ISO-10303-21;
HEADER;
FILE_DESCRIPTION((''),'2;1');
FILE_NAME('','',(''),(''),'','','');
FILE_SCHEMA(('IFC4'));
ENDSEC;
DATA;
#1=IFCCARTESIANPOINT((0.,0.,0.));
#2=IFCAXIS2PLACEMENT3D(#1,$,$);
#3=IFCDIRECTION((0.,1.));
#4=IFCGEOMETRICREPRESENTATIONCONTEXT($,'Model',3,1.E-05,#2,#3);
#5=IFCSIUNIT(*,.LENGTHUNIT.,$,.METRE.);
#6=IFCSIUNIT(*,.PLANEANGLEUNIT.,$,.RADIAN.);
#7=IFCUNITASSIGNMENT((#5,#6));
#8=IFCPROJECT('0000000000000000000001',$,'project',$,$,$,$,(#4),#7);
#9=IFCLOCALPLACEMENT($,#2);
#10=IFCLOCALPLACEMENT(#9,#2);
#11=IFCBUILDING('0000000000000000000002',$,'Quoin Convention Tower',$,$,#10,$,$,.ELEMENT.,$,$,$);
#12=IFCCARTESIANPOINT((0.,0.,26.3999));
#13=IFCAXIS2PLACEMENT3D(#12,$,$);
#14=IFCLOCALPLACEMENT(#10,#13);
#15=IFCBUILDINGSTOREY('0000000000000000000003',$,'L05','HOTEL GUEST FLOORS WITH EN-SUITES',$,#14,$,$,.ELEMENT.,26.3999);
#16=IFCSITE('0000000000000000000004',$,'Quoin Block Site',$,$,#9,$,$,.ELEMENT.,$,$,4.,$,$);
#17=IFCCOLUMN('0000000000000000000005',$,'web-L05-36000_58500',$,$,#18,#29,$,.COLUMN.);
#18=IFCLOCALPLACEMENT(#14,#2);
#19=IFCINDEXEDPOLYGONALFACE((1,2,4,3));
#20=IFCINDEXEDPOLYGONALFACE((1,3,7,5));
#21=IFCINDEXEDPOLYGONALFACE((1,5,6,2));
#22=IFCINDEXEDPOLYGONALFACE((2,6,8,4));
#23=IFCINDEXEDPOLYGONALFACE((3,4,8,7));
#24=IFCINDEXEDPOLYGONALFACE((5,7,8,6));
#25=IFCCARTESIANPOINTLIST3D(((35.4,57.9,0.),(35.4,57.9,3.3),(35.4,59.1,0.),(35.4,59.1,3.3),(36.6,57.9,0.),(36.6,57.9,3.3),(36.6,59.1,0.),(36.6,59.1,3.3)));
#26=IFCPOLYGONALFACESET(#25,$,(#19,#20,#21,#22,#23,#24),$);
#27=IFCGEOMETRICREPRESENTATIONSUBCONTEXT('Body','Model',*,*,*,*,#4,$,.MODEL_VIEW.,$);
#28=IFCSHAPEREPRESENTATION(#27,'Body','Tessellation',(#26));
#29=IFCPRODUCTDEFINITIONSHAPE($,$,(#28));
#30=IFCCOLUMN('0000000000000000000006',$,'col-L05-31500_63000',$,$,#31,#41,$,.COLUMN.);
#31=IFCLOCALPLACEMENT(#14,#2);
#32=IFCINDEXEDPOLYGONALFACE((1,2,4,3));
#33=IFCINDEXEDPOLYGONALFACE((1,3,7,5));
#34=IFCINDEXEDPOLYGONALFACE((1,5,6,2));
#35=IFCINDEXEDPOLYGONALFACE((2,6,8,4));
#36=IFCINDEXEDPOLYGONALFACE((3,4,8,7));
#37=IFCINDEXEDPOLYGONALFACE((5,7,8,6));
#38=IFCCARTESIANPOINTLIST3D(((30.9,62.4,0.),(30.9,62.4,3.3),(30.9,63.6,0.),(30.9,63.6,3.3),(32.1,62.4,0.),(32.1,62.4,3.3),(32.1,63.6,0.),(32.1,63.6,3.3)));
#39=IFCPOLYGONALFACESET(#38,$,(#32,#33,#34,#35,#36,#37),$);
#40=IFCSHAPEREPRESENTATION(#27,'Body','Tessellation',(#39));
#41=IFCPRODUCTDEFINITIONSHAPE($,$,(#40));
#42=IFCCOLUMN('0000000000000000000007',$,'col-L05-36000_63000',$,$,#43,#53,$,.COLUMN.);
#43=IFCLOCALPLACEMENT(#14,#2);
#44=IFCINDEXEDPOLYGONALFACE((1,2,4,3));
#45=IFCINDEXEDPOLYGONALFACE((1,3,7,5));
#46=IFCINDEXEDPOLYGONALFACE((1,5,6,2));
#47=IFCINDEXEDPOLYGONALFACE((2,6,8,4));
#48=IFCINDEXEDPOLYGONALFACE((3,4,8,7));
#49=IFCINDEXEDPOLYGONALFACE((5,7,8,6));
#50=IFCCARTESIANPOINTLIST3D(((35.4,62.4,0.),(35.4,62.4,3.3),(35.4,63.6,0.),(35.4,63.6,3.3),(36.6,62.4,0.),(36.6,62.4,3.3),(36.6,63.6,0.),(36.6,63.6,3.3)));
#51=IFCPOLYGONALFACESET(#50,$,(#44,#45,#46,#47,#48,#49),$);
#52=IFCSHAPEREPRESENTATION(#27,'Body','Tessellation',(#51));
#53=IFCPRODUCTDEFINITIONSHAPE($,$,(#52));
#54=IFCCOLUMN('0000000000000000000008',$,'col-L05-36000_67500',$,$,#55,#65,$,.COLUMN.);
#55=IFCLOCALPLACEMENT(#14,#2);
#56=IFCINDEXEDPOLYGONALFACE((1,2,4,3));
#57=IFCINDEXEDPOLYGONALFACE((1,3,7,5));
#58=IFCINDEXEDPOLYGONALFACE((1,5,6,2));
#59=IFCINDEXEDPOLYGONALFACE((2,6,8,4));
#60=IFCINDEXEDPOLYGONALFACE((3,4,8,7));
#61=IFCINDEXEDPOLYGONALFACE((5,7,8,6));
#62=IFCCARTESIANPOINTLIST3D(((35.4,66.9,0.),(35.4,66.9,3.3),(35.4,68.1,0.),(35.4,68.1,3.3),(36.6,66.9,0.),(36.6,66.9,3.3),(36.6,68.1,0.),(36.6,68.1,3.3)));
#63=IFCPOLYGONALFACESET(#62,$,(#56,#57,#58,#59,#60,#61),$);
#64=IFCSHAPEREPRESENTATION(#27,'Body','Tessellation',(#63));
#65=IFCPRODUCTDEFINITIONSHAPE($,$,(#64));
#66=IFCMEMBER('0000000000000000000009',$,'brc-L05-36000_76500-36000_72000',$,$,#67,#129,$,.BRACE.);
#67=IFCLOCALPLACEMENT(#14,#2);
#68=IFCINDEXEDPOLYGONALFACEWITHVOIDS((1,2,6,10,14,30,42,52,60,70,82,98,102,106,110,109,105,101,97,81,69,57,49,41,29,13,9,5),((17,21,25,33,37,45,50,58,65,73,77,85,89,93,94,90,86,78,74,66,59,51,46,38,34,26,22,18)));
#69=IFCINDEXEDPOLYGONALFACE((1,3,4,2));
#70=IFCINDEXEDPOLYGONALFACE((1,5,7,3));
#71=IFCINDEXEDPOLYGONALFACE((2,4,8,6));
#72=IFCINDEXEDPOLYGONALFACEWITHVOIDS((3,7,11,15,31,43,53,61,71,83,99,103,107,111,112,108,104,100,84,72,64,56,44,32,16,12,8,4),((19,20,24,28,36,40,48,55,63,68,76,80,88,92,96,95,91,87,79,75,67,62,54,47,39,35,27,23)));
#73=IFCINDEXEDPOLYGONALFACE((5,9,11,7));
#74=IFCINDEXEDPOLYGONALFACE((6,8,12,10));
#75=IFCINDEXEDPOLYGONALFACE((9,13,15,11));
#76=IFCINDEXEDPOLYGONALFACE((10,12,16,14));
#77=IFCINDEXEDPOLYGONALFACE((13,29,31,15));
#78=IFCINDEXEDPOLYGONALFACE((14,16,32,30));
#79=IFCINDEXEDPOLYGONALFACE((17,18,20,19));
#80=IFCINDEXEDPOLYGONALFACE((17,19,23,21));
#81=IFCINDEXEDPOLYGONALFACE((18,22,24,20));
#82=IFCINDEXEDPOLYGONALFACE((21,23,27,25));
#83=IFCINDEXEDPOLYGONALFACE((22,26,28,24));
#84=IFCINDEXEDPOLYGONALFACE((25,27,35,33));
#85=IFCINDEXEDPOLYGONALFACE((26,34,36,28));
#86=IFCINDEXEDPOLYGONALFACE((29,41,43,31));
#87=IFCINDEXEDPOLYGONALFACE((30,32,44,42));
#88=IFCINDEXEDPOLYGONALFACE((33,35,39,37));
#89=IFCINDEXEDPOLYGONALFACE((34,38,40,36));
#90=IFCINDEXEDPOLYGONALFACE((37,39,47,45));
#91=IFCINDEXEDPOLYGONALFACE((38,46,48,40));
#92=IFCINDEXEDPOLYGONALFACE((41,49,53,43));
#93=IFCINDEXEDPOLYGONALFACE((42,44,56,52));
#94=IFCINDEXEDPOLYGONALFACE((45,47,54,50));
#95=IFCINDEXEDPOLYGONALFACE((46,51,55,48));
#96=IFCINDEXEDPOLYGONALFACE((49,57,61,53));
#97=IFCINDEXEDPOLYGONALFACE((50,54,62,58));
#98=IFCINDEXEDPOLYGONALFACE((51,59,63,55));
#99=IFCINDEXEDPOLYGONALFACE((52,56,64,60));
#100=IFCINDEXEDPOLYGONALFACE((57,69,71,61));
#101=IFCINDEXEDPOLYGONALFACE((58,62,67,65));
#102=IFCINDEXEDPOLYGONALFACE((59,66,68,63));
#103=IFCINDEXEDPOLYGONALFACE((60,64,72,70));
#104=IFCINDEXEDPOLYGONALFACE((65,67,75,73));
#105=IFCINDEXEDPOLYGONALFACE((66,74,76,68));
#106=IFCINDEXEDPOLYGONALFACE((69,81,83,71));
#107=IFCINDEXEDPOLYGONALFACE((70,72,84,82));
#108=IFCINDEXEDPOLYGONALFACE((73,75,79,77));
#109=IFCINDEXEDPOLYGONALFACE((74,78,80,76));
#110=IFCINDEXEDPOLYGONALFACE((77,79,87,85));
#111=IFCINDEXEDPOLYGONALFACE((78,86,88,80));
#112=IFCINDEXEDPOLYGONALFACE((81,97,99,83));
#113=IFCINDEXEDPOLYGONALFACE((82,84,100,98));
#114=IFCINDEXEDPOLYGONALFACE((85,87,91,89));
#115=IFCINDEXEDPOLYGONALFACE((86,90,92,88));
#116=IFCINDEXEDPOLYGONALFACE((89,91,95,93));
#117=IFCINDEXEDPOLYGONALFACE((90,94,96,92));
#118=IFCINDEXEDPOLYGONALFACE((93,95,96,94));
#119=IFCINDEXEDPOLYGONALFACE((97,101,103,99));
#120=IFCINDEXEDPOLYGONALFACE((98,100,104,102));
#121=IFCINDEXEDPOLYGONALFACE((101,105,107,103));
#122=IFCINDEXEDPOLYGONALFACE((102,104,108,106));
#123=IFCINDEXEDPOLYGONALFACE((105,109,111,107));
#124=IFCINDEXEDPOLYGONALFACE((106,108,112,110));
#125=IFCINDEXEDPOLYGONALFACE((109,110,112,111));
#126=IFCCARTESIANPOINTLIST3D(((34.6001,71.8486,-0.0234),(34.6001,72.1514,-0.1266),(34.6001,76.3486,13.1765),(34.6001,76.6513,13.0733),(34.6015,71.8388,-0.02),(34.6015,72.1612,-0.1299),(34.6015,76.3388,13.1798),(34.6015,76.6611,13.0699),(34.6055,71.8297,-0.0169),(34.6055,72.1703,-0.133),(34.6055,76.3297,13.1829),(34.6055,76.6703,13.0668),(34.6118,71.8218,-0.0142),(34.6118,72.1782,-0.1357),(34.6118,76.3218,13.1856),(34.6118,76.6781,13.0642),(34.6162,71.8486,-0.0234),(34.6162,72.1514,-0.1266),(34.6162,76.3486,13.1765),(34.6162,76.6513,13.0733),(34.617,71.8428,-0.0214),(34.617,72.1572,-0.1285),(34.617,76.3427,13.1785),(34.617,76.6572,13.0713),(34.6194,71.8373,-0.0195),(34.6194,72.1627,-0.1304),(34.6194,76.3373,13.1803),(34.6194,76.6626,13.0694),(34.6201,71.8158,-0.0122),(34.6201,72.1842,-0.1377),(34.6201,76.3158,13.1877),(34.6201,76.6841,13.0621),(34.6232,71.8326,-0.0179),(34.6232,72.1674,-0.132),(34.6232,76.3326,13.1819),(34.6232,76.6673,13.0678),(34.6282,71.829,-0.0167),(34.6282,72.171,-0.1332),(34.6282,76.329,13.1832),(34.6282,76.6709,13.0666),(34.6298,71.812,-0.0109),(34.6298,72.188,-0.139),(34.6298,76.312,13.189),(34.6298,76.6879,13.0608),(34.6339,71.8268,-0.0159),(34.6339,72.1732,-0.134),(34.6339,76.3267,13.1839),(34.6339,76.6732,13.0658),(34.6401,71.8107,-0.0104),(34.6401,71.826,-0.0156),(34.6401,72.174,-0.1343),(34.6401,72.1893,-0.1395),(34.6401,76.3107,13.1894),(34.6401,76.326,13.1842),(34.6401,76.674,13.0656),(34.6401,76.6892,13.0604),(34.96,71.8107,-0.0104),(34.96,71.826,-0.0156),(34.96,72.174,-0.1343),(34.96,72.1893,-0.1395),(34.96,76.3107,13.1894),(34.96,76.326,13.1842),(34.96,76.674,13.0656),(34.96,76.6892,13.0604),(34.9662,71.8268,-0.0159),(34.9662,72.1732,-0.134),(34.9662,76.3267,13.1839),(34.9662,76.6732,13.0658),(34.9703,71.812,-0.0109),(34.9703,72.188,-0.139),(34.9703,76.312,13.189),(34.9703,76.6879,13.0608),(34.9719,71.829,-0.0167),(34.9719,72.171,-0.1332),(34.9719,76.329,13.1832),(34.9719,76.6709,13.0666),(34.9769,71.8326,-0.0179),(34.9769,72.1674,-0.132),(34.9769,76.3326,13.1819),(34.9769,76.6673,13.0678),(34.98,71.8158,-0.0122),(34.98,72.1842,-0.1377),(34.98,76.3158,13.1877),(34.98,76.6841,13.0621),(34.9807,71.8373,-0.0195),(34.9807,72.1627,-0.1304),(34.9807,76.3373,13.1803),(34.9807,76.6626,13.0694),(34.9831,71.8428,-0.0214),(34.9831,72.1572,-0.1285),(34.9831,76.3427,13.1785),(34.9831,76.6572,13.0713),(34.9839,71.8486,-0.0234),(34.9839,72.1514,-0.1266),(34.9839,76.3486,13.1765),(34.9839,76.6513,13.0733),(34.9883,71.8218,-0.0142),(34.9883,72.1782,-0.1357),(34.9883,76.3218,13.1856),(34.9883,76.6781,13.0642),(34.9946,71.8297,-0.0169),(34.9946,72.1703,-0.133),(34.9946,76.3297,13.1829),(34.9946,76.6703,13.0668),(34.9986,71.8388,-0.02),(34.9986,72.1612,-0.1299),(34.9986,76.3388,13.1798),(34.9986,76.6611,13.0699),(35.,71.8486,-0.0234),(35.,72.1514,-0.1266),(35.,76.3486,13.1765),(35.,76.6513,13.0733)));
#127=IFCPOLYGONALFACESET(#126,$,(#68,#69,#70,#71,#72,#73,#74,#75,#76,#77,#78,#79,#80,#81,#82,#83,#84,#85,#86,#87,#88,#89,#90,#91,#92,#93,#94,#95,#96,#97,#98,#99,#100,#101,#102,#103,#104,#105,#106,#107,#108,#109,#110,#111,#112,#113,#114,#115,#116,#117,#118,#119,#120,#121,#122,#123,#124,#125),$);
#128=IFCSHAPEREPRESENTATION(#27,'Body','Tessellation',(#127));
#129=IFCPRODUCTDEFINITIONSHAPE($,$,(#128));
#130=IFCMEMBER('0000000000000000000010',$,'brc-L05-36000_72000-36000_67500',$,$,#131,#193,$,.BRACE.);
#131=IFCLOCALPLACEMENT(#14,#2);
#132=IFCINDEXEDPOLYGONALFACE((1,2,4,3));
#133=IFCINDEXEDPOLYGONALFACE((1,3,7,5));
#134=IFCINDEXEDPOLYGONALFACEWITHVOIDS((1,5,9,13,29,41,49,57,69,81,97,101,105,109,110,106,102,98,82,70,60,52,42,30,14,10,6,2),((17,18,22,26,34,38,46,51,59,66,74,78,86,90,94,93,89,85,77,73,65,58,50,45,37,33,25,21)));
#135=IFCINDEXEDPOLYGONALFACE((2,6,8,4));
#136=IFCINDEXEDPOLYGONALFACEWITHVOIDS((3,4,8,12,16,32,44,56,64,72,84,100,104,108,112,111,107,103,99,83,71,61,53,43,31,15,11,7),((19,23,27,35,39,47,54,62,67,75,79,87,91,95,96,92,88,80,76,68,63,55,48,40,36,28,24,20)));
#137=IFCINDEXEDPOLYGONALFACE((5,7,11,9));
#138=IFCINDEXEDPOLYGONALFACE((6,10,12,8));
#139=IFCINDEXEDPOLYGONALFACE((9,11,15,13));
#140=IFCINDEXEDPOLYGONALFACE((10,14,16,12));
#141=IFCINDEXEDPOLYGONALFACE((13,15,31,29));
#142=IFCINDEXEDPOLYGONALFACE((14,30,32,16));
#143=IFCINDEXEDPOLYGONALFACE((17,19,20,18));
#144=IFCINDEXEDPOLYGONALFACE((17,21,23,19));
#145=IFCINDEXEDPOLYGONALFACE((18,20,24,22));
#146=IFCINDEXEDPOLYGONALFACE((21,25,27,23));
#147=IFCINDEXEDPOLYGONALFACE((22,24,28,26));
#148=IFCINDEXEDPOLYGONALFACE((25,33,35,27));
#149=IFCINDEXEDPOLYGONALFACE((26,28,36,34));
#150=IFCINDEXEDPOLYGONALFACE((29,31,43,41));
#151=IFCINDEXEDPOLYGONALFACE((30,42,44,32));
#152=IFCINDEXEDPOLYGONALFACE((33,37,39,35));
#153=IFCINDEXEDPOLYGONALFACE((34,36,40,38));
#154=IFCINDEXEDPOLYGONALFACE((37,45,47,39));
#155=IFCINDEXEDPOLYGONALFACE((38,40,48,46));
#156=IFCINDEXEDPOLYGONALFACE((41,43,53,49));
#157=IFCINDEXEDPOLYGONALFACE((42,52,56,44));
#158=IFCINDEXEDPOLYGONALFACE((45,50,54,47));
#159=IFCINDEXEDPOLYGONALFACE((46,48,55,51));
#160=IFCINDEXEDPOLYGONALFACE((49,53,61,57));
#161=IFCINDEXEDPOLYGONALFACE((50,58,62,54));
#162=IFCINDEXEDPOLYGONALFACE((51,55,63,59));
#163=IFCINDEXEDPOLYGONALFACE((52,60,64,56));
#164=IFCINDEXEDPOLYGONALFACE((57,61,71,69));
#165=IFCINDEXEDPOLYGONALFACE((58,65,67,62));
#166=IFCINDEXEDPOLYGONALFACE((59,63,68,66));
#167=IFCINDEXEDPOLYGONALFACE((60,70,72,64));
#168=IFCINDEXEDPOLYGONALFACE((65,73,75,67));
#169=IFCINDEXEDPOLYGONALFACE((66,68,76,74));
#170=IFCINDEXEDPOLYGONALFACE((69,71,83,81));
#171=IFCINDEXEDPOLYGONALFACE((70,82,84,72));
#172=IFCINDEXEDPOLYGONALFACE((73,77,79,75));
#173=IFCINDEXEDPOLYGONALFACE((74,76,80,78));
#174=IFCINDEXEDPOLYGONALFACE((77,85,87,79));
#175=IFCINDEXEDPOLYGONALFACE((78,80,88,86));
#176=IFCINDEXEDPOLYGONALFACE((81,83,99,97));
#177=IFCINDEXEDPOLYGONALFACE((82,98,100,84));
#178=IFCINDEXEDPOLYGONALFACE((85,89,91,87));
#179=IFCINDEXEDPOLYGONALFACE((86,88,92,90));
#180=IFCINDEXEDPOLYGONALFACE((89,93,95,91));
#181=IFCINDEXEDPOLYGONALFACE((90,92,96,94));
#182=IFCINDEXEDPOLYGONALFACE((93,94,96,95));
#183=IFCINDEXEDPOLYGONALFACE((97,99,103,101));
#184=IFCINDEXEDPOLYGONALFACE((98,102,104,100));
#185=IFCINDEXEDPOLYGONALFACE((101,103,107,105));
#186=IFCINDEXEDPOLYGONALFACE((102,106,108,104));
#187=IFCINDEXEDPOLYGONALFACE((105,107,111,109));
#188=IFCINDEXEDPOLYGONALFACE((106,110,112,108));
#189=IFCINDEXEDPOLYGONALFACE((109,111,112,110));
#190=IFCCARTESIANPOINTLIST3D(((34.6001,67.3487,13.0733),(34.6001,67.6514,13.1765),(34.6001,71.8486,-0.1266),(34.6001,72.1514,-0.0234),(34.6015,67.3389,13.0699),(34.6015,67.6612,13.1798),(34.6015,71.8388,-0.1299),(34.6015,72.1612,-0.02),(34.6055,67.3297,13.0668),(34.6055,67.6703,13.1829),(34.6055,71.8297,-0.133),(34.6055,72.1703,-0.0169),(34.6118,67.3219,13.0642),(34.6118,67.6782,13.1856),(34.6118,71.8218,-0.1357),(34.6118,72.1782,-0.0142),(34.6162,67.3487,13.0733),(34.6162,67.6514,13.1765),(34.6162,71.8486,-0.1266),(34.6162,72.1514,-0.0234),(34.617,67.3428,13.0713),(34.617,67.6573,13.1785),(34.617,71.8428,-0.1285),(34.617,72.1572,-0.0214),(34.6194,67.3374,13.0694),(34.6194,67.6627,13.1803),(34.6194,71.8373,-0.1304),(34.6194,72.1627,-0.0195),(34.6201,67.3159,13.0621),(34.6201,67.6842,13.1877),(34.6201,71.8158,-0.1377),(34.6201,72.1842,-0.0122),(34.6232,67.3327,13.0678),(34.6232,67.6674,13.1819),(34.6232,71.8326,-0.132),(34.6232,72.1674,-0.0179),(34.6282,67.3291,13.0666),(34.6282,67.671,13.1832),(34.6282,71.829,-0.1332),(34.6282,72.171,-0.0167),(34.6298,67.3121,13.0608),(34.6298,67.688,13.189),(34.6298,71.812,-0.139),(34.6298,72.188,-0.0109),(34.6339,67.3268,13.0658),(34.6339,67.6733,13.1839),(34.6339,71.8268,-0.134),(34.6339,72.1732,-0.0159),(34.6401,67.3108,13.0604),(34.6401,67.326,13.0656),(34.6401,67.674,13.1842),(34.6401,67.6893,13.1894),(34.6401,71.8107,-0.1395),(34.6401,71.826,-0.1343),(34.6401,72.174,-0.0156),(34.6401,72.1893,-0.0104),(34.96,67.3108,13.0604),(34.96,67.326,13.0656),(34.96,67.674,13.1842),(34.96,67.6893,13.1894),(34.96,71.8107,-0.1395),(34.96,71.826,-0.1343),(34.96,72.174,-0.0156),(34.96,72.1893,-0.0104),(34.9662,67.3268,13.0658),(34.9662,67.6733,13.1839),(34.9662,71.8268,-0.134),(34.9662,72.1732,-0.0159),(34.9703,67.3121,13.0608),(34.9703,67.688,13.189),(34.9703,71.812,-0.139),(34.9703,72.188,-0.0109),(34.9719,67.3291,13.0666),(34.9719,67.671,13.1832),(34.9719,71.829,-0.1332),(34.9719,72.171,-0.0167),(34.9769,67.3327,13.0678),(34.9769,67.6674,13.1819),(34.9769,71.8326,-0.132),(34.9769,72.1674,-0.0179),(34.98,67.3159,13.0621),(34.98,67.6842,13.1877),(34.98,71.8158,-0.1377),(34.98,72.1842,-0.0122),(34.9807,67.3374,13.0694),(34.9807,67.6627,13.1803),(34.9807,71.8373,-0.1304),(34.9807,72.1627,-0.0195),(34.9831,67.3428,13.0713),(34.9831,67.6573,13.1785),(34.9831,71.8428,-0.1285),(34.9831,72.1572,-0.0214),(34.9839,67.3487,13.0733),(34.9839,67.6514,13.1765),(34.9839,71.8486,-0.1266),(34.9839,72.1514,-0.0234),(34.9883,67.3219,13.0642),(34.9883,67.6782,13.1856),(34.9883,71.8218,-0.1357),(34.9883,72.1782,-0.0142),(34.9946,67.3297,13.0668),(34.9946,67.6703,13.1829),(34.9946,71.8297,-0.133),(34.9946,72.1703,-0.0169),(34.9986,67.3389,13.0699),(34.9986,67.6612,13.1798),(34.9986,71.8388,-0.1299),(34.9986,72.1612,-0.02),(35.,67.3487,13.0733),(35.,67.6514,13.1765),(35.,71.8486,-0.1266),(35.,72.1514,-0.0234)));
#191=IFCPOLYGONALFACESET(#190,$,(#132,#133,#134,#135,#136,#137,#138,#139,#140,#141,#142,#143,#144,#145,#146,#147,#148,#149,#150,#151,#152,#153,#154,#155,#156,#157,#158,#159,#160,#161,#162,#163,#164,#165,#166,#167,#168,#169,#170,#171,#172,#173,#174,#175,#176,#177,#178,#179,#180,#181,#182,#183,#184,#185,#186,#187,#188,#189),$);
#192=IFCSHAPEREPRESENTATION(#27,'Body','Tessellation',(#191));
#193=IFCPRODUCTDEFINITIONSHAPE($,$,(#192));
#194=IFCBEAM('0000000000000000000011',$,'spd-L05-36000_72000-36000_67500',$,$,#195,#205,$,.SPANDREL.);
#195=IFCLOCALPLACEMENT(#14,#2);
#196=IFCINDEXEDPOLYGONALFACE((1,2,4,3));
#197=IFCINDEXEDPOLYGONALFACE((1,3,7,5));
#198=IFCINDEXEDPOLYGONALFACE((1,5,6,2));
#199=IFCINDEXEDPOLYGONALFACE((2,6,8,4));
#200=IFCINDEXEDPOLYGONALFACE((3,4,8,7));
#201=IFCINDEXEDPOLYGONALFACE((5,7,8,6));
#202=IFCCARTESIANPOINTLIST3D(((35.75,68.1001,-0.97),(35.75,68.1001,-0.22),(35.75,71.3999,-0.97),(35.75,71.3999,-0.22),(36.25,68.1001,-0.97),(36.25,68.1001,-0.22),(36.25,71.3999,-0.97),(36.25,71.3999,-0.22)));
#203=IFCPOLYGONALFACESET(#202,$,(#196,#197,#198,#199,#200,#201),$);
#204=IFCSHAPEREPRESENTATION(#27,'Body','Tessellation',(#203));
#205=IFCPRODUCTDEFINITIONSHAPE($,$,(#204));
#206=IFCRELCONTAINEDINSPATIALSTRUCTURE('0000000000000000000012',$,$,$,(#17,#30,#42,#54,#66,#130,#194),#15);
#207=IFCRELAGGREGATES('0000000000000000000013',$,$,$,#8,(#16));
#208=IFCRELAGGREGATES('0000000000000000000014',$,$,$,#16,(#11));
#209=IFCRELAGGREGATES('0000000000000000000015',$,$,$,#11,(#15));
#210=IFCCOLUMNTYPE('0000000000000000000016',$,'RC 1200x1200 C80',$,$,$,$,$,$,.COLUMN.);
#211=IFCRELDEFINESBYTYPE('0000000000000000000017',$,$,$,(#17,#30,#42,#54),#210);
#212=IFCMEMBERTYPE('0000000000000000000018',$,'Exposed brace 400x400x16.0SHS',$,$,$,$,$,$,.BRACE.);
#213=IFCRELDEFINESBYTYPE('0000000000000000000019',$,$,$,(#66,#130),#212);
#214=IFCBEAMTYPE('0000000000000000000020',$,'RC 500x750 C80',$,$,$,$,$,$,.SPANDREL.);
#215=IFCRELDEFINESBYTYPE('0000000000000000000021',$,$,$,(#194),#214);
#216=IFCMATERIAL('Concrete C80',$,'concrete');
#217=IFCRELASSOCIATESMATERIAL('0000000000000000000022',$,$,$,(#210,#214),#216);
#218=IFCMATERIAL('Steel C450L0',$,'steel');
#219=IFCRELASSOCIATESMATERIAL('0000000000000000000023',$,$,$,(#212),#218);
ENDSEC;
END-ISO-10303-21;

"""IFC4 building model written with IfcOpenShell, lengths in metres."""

from ifc_helpers import new_model, si_unit, direction, frame, origin, origin_2d, place, context, subcontext, project, spatial, rectangle, hollow_rectangle, extrude, material, material_profile, profile_set, type_object, element, save


model = new_model("IFC4")

# Units and contexts
model_context = context("Model", 3, precision=1e-05, world=origin(), true_north=direction((0.0, 1.0)))
body_context = subcontext(model_context, "Body", "Model", "MODEL_VIEW")
ifc_project = project(units=[si_unit("LENGTHUNIT", "METRE"), si_unit("PLANEANGLEUNIT", "RADIAN")], contexts=[model_context])

# Site, building, storey
site_placement = place(None, origin())
site = spatial("IfcSite", under=ifc_project, at=site_placement, Name="Quoin Block Site", CompositionType="ELEMENT", RefElevation=4.0)
building_placement = place(site_placement, origin())
building = spatial("IfcBuilding", under=site, at=building_placement, Name="Quoin Convention Tower", CompositionType="ELEMENT")
storey_placement = place(building_placement, frame((0.0, 0.0, 26.3999)))
storey = spatial("IfcBuildingStorey", under=building, at=storey_placement, Name="L05", Description="HOTEL GUEST FLOORS WITH EN-SUITES", CompositionType="ELEMENT", Elevation=26.3999)

# Columns
ifc_material_1 = material(Name="Concrete C80", Category="concrete")
ifc_material_profile_1 = material_profile(ifc_material_1, rectangle(XDim=1.2, YDim=1.2, at=origin_2d()), Name="RC 1200x1200")
ifc_profile_set_1 = profile_set([ifc_material_profile_1], Name="Concrete C80")
column_type = type_object("IfcColumnType", Name="RC 1200x1200 C80", PredefinedType="COLUMN", material=ifc_profile_set_1)
for number, where, z_axis, x_axis, name in (
    (1, (36.0, 58.5, 0.0), (0.0, 0.0, 1.0), (1.0, 0.0, 0.0), "web-L05-36000_58500"),
    (2, (31.5, 63.0, 0.0), (0.0, 0.0, 1.0), (1.0, 0.0, 0.0), "col-L05-31500_63000"),
    (3, (36.0, 63.0, 0.0), (0.0, 0.0, 1.0), (1.0, 0.0, 0.0), "col-L05-36000_63000"),
    (4, (36.0, 67.5, 0.0), (0.0, 0.0, 1.0), (1.0, 0.0, 0.0), "col-L05-36000_67500"),
):
    element("IfcColumn", number, at=place(storey_placement, frame(where, z_axis=z_axis, x_axis=x_axis)), inside=storey, type_object=column_type, Name=name, PredefinedType="COLUMN", context=body_context, shape_type="SweptSolid", body=[
        extrude(rectangle(XDim=1.2, YDim=1.2, at=origin_2d()), origin(), (0.0, 0.0, 1.0), 3.3),
    ])

# Members
ifc_material_2 = material(Name="Steel C450L0", Category="steel")
ifc_material_profile_2 = material_profile(ifc_material_2, hollow_rectangle(XDim=0.3999, YDim=0.3999, WallThickness=0.0161, InnerFilletRadius=0.0239, OuterFilletRadius=0.04, at=origin_2d()), Name="400x400x16.0SHS")
ifc_profile_set_2 = profile_set([ifc_material_profile_2], Name="Steel C450L0")
member_type = type_object("IfcMemberType", Name="Exposed brace 400x400x16.0SHS", PredefinedType="BRACE", material=ifc_profile_set_2)
for number, where, z_axis, x_axis, name in (
    (5, (34.8, 72.0, -0.075), (0.0, 0.322675, 0.94651), (-1.0, 0.0, 0.0), "brc-L05-36000_76500-36000_72000"),
    (6, (34.8, 72.0, -0.075), (0.0, -0.322675, 0.94651), (1.0, 0.0, 0.0), "brc-L05-36000_72000-36000_67500"),
):
    element("IfcMember", number, at=place(storey_placement, frame(where, z_axis=z_axis, x_axis=x_axis)), inside=storey, type_object=member_type, Name=name, PredefinedType="BRACE", context=body_context, shape_type="SweptSolid", body=[
        extrude(hollow_rectangle(XDim=0.3999, YDim=0.3999, WallThickness=0.0161, InnerFilletRadius=0.0239, OuterFilletRadius=0.04, at=origin_2d()), origin(), (0.0, 0.0, 1.0), 13.9458),
    ])

# Beam
ifc_material_profile_3 = material_profile(ifc_material_1, rectangle(XDim=0.5, YDim=0.75, at=origin_2d()), Name="RC 500x750")
ifc_profile_set_3 = profile_set([ifc_material_profile_3], Name="Concrete C80")
beam_type = type_object("IfcBeamType", Name="RC 500x750 C80", PredefinedType="SPANDREL", material=ifc_profile_set_3)
for number, where, z_axis, x_axis, name in (
    (7, (36.0, 71.3999, -0.595), (0.0, -1.0, 0.0), (1.0, 0.0, 0.0), "spd-L05-36000_72000-36000_67500"),
):
    element("IfcBeam", number, at=place(storey_placement, frame(where, z_axis=z_axis, x_axis=x_axis)), inside=storey, type_object=beam_type, Name=name, PredefinedType="SPANDREL", context=body_context, shape_type="SweptSolid", body=[
        extrude(rectangle(XDim=0.5, YDim=0.75, at=origin_2d()), origin(), (0.0, 0.0, 1.0), 3.2998),
    ])

save(model, "model.ifc")
